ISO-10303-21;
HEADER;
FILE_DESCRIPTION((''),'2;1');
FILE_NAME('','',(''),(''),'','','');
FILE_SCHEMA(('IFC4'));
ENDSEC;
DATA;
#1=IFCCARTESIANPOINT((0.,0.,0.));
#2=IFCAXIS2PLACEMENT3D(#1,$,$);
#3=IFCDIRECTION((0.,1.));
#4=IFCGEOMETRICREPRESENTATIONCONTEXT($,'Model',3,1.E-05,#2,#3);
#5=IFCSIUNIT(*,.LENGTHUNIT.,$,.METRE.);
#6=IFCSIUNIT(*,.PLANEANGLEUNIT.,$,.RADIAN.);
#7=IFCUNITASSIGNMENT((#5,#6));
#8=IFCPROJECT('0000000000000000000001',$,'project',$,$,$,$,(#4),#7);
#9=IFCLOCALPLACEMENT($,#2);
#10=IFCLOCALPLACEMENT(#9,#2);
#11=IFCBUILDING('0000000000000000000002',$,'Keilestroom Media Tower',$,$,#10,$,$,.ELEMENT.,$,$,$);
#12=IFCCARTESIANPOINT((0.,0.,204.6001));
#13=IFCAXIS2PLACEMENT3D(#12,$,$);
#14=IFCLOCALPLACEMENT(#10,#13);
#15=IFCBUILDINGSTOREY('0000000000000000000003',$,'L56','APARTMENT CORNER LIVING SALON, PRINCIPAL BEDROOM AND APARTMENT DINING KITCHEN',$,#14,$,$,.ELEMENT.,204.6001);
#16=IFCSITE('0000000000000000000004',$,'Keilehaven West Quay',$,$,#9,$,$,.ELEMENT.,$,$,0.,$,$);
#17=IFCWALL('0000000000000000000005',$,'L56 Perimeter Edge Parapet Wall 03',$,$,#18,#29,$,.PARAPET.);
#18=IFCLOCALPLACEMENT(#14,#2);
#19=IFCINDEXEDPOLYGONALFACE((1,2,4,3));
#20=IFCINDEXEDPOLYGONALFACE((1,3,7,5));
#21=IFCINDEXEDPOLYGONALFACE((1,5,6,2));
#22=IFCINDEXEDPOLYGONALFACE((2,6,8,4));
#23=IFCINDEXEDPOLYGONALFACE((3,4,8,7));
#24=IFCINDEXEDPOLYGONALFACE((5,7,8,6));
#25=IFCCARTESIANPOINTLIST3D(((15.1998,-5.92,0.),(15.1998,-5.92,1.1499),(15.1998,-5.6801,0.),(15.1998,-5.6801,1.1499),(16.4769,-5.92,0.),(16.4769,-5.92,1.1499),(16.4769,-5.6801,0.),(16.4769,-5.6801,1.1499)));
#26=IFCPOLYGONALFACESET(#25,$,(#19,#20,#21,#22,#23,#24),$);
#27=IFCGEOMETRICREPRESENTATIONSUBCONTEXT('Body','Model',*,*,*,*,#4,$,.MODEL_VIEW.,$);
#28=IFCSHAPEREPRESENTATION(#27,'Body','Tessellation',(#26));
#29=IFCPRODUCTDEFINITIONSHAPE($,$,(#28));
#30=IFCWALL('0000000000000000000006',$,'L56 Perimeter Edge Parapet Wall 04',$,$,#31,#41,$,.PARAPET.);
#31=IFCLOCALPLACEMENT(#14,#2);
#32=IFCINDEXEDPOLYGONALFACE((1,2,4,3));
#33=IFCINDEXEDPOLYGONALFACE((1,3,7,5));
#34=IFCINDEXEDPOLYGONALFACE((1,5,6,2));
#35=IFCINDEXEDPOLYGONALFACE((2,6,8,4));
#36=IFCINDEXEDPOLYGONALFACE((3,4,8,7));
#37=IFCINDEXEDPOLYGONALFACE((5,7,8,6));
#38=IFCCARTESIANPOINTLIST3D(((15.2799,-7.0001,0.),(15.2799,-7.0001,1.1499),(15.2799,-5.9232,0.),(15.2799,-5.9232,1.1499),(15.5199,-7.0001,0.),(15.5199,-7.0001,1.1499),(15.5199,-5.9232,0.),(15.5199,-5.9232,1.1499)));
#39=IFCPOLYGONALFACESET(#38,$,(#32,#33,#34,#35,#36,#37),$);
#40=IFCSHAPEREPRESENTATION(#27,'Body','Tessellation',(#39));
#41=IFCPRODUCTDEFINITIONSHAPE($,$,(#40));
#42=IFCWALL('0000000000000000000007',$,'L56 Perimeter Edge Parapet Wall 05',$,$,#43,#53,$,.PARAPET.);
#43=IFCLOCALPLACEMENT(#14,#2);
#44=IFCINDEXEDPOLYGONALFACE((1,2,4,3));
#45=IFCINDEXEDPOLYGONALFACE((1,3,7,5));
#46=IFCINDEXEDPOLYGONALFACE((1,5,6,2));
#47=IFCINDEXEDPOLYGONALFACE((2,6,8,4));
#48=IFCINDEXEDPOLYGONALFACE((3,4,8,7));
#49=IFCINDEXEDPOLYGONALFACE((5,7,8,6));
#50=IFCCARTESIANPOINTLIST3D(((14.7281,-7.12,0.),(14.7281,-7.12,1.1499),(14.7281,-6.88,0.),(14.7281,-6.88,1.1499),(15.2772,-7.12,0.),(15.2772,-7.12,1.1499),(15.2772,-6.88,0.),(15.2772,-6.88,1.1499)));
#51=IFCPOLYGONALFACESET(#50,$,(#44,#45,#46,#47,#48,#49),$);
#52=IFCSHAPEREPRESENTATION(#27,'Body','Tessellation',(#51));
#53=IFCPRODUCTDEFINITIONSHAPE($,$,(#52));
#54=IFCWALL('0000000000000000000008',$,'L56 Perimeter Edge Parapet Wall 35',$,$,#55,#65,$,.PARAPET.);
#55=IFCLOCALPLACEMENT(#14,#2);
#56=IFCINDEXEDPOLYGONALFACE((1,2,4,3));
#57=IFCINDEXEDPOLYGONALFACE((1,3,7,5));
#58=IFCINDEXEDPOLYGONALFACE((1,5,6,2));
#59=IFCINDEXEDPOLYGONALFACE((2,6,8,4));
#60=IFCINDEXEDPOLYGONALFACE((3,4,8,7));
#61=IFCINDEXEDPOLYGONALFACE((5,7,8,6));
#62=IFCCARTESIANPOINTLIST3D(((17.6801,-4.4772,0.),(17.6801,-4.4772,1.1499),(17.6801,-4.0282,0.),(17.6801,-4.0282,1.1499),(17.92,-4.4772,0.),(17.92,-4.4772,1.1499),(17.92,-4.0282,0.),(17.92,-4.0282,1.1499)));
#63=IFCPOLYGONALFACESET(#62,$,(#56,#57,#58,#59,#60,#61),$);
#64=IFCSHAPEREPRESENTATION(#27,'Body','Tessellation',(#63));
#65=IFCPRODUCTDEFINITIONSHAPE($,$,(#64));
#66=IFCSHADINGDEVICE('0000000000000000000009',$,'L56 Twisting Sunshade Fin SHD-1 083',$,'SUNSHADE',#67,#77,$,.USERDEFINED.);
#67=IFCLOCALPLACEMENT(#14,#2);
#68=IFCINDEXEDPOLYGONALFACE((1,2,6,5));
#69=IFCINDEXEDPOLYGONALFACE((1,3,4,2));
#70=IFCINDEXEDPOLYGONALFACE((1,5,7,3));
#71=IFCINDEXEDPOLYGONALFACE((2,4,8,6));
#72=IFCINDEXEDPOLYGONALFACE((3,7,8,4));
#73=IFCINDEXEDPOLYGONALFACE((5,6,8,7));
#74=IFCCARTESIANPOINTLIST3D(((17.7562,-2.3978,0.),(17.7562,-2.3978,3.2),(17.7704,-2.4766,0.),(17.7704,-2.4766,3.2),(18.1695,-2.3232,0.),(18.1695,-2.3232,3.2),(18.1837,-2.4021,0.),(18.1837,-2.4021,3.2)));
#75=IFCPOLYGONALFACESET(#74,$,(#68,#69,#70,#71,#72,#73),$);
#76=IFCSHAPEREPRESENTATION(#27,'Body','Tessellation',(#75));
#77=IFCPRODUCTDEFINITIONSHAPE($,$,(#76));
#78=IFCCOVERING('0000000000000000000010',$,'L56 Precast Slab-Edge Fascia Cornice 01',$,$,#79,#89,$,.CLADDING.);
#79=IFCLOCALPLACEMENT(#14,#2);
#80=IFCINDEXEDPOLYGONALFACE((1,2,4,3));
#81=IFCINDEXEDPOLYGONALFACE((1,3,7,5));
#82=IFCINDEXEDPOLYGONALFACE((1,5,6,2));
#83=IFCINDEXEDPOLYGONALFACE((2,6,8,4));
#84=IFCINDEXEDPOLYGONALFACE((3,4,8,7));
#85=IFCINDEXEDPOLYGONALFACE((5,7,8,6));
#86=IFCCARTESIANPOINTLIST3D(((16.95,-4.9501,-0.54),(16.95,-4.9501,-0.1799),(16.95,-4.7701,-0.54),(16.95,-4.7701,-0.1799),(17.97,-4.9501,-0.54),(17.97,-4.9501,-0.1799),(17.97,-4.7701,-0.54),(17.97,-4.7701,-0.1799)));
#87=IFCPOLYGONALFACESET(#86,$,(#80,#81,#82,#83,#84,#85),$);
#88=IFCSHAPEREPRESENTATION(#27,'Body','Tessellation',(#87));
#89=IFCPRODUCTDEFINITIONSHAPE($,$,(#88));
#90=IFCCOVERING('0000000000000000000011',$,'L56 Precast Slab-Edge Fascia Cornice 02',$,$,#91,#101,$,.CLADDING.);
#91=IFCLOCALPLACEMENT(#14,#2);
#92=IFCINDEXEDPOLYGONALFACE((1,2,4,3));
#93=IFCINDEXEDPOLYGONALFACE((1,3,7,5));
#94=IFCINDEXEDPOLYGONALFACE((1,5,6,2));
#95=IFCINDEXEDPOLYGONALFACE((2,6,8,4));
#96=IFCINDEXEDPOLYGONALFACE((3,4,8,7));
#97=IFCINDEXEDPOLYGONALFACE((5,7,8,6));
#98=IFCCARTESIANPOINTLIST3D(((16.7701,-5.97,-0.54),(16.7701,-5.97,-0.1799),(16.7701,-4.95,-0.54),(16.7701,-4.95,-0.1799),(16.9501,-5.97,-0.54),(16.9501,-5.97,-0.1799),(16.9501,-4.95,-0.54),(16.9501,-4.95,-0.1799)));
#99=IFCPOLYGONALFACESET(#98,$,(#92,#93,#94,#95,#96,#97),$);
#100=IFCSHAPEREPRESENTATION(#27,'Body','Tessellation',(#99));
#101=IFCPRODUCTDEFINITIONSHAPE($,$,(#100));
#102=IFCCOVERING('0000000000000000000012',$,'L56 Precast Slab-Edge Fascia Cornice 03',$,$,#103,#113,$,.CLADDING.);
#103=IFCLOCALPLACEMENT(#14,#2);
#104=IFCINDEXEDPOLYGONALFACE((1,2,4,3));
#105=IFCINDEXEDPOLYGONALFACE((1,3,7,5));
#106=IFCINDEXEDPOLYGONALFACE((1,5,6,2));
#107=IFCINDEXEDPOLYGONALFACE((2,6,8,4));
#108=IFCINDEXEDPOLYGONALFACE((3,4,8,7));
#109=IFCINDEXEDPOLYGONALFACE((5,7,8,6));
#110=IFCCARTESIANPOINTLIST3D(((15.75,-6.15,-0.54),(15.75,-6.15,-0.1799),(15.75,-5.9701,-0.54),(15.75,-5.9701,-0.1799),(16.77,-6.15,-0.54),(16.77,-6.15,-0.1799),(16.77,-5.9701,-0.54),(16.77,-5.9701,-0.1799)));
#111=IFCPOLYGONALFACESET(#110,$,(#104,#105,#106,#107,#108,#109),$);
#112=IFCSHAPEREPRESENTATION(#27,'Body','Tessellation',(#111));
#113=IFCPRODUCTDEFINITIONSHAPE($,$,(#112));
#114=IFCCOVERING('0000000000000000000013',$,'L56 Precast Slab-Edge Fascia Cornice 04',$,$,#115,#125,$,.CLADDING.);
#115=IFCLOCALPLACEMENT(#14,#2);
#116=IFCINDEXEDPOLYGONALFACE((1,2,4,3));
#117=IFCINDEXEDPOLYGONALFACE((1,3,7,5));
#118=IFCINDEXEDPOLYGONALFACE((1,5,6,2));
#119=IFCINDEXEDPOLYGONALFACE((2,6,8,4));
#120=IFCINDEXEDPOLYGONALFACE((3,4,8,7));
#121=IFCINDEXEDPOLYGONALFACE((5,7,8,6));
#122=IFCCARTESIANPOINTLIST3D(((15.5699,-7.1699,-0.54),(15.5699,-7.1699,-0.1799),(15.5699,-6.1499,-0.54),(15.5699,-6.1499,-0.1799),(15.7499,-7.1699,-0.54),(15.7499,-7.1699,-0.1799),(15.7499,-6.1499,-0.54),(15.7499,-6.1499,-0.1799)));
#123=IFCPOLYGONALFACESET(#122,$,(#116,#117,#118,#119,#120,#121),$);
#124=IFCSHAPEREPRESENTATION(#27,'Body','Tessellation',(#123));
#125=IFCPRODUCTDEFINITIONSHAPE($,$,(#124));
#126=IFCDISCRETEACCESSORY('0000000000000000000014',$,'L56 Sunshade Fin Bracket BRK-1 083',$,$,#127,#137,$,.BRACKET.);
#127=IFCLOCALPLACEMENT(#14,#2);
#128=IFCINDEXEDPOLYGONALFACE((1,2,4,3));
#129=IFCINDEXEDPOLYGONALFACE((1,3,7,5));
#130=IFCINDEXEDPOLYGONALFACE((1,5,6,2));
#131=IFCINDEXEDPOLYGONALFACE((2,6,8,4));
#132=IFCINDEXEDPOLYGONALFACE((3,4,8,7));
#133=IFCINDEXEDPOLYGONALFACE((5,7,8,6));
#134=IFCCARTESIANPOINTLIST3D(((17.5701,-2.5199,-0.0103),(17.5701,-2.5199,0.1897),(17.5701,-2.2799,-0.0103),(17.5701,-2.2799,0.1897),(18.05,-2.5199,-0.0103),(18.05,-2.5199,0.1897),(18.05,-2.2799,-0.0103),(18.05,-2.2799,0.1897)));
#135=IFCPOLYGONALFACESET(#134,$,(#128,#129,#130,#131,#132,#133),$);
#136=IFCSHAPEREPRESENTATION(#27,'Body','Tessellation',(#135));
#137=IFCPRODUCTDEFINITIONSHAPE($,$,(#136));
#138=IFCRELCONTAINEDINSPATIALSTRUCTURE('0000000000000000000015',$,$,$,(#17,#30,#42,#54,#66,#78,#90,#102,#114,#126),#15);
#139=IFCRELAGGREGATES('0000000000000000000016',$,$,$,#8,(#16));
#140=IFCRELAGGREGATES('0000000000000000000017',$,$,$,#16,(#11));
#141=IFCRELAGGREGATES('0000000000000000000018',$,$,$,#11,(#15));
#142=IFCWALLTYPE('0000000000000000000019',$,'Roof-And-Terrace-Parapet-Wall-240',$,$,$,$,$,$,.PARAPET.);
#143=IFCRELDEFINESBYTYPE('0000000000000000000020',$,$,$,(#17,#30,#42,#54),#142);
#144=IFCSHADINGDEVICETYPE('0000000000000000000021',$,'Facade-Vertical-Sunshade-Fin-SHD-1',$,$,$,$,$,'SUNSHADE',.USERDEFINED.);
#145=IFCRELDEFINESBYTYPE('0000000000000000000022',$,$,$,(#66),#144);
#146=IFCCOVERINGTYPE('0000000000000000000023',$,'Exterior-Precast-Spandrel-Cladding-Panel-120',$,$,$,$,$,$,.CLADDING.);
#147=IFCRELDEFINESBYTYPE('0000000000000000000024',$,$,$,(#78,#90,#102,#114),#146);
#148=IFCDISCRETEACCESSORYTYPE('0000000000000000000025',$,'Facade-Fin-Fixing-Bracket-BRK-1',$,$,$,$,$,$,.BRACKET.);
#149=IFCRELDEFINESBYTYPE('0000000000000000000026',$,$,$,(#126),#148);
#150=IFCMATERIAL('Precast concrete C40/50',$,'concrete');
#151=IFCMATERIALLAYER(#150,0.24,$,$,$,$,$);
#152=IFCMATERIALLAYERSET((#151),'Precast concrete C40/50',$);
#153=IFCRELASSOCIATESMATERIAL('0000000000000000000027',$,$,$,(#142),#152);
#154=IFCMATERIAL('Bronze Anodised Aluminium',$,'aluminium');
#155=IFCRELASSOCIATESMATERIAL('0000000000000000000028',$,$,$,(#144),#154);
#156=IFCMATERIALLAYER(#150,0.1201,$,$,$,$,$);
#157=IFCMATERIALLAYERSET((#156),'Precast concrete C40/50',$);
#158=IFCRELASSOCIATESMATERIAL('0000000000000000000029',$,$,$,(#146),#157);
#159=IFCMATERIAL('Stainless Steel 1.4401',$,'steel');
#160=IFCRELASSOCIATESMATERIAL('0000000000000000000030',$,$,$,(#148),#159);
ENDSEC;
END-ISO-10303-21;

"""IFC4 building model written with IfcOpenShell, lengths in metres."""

from ifc_helpers import new_model, si_unit, direction, frame, frame_2d, origin, origin_2d, place, context, subcontext, project, spatial, rectangle, extrude, source, transform, mapped, material, layer, layer_set, type_object, element, save


model = new_model("IFC4")

# Units and contexts
model_context = context("Model", 3, precision=1e-05, world=origin(), true_north=direction((0.0, 1.0)))
body_context = subcontext(model_context, "Body", "Model", "MODEL_VIEW")
ifc_project = project(units=[si_unit("LENGTHUNIT", "METRE"), si_unit("PLANEANGLEUNIT", "RADIAN")], contexts=[model_context])

# Site, building, storey
site_placement = place(None, origin())
site = spatial("IfcSite", under=ifc_project, at=site_placement, Name="Keilehaven West Quay", CompositionType="ELEMENT", RefElevation=0.0)
building_placement = place(site_placement, origin())
building = spatial("IfcBuilding", under=site, at=building_placement, Name="Keilestroom Media Tower", CompositionType="ELEMENT")
storey_placement = place(building_placement, frame((0.0, 0.0, 204.6001)))
storey = spatial("IfcBuildingStorey", under=building, at=storey_placement, Name="L56", Description="APARTMENT CORNER LIVING SALON, PRINCIPAL BEDROOM AND APARTMENT DINING KITCHEN", CompositionType="ELEMENT", Elevation=204.6001)

# Shared definitions
ifc_material_1 = material(Name="Precast concrete C40/50", Category="concrete")

# Walls
ifc_layer_1 = layer(ifc_material_1, 0.24)
ifc_layer_set_1 = layer_set([ifc_layer_1], Name="Precast concrete C40/50")
wall_type = type_object("IfcWallType", Name="Roof-And-Terrace-Parapet-Wall-240", PredefinedType="PARAPET", material=ifc_layer_set_1)
wall_1_placement = place(storey_placement, frame((16.4771, -5.8, 0.0), z_axis=(0.0, 0.0, 1.0), x_axis=(-1.0, 0.0, 0.0)))
element("IfcWall", 1, at=wall_1_placement, inside=storey, type_object=wall_type, Name="L56 Perimeter Edge Parapet Wall 03", PredefinedType="PARAPET", context=body_context, shape_type="SweptSolid", body=[
    extrude(rectangle(XDim=1.2771, YDim=0.24, at=frame_2d((0.6387, 0.0))), origin(), (0.0, 0.0, 1.0), 1.1499),
])
wall_2_placement = place(storey_placement, frame((15.3999, -5.9231, 0.0), z_axis=(0.0, 0.0, 1.0), x_axis=(0.0, -1.0, 0.0)))
element("IfcWall", 2, at=wall_2_placement, inside=storey, type_object=wall_type, Name="L56 Perimeter Edge Parapet Wall 04", PredefinedType="PARAPET", context=body_context, shape_type="SweptSolid", body=[
    extrude(rectangle(XDim=1.0769, YDim=0.24, at=frame_2d((0.5386, 0.0))), origin(), (0.0, 0.0, 1.0), 1.1499),
])
wall_3_placement = place(storey_placement, frame((15.2771, -7.0, 0.0), z_axis=(0.0, 0.0, 1.0), x_axis=(-1.0, 0.0, 0.0)))
element("IfcWall", 3, at=wall_3_placement, inside=storey, type_object=wall_type, Name="L56 Perimeter Edge Parapet Wall 05", PredefinedType="PARAPET", context=body_context, shape_type="SweptSolid", body=[
    extrude(rectangle(XDim=0.5491, YDim=0.24, at=frame_2d((0.2744, 0.0))), origin(), (0.0, 0.0, 1.0), 1.1499),
])
wall_4_placement = place(storey_placement, frame((17.8, -4.0281, 0.0), z_axis=(0.0, 0.0, 1.0), x_axis=(0.0, -1.0, 0.0)))
element("IfcWall", 4, at=wall_4_placement, inside=storey, type_object=wall_type, Name="L56 Perimeter Edge Parapet Wall 35", PredefinedType="PARAPET", context=body_context, shape_type="SweptSolid", body=[
    extrude(rectangle(XDim=0.449, YDim=0.24, at=frame_2d((0.2246, 0.0))), origin(), (0.0, 0.0, 1.0), 1.1499),
])

# Shading device
ifc_material_2 = material(Name="Bronze Anodised Aluminium", Category="aluminium")
shading_device_type = type_object("IfcShadingDeviceType", Name="Facade-Vertical-Sunshade-Fin-SHD-1", ElementType="SUNSHADE", PredefinedType="USERDEFINED", material=ifc_material_2)
shared_shape_1 = source(origin(), body_context, "Body", "SweptSolid", [
    extrude(rectangle(XDim=0.4199, YDim=0.0801, at=origin_2d()), origin(), (0.0, 0.0, 1.0), 3.2),
])
shading_device_placement = place(storey_placement, frame((17.97, -2.3999, 0.0), z_axis=(0.0, 0.0, 1.0), x_axis=(0.984134, 0.177428, 0.0)))
element("IfcShadingDevice", 5, at=shading_device_placement, inside=storey, type_object=shading_device_type, Name="L56 Twisting Sunshade Fin SHD-1 083", ObjectType="SUNSHADE", PredefinedType="USERDEFINED", context=body_context, shape_type="MappedRepresentation", body=[
    mapped(shared_shape_1, transform((0.0, 0.0, 0.0), x_axis=(1.0, 0.0, 0.0), y_axis=(0.0, 1.0, 0.0), z_axis=(0.0, 0.0, 1.0), scale=1.0)),
])

# Coverings
ifc_layer_2 = layer(ifc_material_1, 0.1201)
ifc_layer_set_2 = layer_set([ifc_layer_2], Name="Precast concrete C40/50")
covering_type = type_object("IfcCoveringType", Name="Exterior-Precast-Spandrel-Cladding-Panel-120", PredefinedType="CLADDING", material=ifc_layer_set_2)
shared_shape_2 = source(origin(), body_context, "Body", "SweptSolid", [
    extrude(rectangle(XDim=1.02, YDim=0.1799, at=origin_2d()), origin(), (0.0, 0.0, 1.0), 0.3601),
])
for number, where, z_axis, x_axis, name in (
    (6, (17.46, -4.8601, -0.54), (0.0, 0.0, 1.0), (-1.0, 0.0, 0.0), "L56 Precast Slab-Edge Fascia Cornice 01"),
    (7, (16.8601, -5.46, -0.54), (0.0, 0.0, 1.0), (0.0, -1.0, 0.0), "L56 Precast Slab-Edge Fascia Cornice 02"),
    (8, (16.26, -6.0601, -0.54), (0.0, 0.0, 1.0), (-1.0, 0.0, 0.0), "L56 Precast Slab-Edge Fascia Cornice 03"),
    (9, (15.6599, -6.6599, -0.54), (0.0, 0.0, 1.0), (0.0, -1.0, 0.0), "L56 Precast Slab-Edge Fascia Cornice 04"),
):
    element("IfcCovering", number, at=place(storey_placement, frame(where, z_axis=z_axis, x_axis=x_axis)), inside=storey, type_object=covering_type, Name=name, PredefinedType="CLADDING", context=body_context, shape_type="MappedRepresentation", body=[
        mapped(shared_shape_2, transform((0.0, 0.0, 0.0), x_axis=(1.0, 0.0, 0.0), y_axis=(0.0, 1.0, 0.0), z_axis=(0.0, 0.0, 1.0), scale=1.0)),
    ])

# Discrete accessory
ifc_material_3 = material(Name="Stainless Steel 1.4401", Category="steel")
discrete_accessory_type = type_object("IfcDiscreteAccessoryType", Name="Facade-Fin-Fixing-Bracket-BRK-1", PredefinedType="BRACKET", material=ifc_material_3)
shared_shape_3 = source(origin(), body_context, "Body", "SweptSolid", [
    extrude(rectangle(XDim=0.48, YDim=0.24, at=origin_2d()), origin(), (0.0, 0.0, 1.0), 0.2),
])
discrete_accessory_placement = place(storey_placement, frame((17.8101, -2.3999, -0.0103), z_axis=(0.0, 0.0, 1.0), x_axis=(1.0, 0.0, 0.0)))
element("IfcDiscreteAccessory", 10, at=discrete_accessory_placement, inside=storey, type_object=discrete_accessory_type, Name="L56 Sunshade Fin Bracket BRK-1 083", PredefinedType="BRACKET", context=body_context, shape_type="MappedRepresentation", body=[
    mapped(shared_shape_3, transform((0.0, 0.0, 0.0), x_axis=(1.0, 0.0, 0.0), y_axis=(0.0, 1.0, 0.0), z_axis=(0.0, 0.0, 1.0), scale=1.0)),
])

save(model, "model.ifc")
